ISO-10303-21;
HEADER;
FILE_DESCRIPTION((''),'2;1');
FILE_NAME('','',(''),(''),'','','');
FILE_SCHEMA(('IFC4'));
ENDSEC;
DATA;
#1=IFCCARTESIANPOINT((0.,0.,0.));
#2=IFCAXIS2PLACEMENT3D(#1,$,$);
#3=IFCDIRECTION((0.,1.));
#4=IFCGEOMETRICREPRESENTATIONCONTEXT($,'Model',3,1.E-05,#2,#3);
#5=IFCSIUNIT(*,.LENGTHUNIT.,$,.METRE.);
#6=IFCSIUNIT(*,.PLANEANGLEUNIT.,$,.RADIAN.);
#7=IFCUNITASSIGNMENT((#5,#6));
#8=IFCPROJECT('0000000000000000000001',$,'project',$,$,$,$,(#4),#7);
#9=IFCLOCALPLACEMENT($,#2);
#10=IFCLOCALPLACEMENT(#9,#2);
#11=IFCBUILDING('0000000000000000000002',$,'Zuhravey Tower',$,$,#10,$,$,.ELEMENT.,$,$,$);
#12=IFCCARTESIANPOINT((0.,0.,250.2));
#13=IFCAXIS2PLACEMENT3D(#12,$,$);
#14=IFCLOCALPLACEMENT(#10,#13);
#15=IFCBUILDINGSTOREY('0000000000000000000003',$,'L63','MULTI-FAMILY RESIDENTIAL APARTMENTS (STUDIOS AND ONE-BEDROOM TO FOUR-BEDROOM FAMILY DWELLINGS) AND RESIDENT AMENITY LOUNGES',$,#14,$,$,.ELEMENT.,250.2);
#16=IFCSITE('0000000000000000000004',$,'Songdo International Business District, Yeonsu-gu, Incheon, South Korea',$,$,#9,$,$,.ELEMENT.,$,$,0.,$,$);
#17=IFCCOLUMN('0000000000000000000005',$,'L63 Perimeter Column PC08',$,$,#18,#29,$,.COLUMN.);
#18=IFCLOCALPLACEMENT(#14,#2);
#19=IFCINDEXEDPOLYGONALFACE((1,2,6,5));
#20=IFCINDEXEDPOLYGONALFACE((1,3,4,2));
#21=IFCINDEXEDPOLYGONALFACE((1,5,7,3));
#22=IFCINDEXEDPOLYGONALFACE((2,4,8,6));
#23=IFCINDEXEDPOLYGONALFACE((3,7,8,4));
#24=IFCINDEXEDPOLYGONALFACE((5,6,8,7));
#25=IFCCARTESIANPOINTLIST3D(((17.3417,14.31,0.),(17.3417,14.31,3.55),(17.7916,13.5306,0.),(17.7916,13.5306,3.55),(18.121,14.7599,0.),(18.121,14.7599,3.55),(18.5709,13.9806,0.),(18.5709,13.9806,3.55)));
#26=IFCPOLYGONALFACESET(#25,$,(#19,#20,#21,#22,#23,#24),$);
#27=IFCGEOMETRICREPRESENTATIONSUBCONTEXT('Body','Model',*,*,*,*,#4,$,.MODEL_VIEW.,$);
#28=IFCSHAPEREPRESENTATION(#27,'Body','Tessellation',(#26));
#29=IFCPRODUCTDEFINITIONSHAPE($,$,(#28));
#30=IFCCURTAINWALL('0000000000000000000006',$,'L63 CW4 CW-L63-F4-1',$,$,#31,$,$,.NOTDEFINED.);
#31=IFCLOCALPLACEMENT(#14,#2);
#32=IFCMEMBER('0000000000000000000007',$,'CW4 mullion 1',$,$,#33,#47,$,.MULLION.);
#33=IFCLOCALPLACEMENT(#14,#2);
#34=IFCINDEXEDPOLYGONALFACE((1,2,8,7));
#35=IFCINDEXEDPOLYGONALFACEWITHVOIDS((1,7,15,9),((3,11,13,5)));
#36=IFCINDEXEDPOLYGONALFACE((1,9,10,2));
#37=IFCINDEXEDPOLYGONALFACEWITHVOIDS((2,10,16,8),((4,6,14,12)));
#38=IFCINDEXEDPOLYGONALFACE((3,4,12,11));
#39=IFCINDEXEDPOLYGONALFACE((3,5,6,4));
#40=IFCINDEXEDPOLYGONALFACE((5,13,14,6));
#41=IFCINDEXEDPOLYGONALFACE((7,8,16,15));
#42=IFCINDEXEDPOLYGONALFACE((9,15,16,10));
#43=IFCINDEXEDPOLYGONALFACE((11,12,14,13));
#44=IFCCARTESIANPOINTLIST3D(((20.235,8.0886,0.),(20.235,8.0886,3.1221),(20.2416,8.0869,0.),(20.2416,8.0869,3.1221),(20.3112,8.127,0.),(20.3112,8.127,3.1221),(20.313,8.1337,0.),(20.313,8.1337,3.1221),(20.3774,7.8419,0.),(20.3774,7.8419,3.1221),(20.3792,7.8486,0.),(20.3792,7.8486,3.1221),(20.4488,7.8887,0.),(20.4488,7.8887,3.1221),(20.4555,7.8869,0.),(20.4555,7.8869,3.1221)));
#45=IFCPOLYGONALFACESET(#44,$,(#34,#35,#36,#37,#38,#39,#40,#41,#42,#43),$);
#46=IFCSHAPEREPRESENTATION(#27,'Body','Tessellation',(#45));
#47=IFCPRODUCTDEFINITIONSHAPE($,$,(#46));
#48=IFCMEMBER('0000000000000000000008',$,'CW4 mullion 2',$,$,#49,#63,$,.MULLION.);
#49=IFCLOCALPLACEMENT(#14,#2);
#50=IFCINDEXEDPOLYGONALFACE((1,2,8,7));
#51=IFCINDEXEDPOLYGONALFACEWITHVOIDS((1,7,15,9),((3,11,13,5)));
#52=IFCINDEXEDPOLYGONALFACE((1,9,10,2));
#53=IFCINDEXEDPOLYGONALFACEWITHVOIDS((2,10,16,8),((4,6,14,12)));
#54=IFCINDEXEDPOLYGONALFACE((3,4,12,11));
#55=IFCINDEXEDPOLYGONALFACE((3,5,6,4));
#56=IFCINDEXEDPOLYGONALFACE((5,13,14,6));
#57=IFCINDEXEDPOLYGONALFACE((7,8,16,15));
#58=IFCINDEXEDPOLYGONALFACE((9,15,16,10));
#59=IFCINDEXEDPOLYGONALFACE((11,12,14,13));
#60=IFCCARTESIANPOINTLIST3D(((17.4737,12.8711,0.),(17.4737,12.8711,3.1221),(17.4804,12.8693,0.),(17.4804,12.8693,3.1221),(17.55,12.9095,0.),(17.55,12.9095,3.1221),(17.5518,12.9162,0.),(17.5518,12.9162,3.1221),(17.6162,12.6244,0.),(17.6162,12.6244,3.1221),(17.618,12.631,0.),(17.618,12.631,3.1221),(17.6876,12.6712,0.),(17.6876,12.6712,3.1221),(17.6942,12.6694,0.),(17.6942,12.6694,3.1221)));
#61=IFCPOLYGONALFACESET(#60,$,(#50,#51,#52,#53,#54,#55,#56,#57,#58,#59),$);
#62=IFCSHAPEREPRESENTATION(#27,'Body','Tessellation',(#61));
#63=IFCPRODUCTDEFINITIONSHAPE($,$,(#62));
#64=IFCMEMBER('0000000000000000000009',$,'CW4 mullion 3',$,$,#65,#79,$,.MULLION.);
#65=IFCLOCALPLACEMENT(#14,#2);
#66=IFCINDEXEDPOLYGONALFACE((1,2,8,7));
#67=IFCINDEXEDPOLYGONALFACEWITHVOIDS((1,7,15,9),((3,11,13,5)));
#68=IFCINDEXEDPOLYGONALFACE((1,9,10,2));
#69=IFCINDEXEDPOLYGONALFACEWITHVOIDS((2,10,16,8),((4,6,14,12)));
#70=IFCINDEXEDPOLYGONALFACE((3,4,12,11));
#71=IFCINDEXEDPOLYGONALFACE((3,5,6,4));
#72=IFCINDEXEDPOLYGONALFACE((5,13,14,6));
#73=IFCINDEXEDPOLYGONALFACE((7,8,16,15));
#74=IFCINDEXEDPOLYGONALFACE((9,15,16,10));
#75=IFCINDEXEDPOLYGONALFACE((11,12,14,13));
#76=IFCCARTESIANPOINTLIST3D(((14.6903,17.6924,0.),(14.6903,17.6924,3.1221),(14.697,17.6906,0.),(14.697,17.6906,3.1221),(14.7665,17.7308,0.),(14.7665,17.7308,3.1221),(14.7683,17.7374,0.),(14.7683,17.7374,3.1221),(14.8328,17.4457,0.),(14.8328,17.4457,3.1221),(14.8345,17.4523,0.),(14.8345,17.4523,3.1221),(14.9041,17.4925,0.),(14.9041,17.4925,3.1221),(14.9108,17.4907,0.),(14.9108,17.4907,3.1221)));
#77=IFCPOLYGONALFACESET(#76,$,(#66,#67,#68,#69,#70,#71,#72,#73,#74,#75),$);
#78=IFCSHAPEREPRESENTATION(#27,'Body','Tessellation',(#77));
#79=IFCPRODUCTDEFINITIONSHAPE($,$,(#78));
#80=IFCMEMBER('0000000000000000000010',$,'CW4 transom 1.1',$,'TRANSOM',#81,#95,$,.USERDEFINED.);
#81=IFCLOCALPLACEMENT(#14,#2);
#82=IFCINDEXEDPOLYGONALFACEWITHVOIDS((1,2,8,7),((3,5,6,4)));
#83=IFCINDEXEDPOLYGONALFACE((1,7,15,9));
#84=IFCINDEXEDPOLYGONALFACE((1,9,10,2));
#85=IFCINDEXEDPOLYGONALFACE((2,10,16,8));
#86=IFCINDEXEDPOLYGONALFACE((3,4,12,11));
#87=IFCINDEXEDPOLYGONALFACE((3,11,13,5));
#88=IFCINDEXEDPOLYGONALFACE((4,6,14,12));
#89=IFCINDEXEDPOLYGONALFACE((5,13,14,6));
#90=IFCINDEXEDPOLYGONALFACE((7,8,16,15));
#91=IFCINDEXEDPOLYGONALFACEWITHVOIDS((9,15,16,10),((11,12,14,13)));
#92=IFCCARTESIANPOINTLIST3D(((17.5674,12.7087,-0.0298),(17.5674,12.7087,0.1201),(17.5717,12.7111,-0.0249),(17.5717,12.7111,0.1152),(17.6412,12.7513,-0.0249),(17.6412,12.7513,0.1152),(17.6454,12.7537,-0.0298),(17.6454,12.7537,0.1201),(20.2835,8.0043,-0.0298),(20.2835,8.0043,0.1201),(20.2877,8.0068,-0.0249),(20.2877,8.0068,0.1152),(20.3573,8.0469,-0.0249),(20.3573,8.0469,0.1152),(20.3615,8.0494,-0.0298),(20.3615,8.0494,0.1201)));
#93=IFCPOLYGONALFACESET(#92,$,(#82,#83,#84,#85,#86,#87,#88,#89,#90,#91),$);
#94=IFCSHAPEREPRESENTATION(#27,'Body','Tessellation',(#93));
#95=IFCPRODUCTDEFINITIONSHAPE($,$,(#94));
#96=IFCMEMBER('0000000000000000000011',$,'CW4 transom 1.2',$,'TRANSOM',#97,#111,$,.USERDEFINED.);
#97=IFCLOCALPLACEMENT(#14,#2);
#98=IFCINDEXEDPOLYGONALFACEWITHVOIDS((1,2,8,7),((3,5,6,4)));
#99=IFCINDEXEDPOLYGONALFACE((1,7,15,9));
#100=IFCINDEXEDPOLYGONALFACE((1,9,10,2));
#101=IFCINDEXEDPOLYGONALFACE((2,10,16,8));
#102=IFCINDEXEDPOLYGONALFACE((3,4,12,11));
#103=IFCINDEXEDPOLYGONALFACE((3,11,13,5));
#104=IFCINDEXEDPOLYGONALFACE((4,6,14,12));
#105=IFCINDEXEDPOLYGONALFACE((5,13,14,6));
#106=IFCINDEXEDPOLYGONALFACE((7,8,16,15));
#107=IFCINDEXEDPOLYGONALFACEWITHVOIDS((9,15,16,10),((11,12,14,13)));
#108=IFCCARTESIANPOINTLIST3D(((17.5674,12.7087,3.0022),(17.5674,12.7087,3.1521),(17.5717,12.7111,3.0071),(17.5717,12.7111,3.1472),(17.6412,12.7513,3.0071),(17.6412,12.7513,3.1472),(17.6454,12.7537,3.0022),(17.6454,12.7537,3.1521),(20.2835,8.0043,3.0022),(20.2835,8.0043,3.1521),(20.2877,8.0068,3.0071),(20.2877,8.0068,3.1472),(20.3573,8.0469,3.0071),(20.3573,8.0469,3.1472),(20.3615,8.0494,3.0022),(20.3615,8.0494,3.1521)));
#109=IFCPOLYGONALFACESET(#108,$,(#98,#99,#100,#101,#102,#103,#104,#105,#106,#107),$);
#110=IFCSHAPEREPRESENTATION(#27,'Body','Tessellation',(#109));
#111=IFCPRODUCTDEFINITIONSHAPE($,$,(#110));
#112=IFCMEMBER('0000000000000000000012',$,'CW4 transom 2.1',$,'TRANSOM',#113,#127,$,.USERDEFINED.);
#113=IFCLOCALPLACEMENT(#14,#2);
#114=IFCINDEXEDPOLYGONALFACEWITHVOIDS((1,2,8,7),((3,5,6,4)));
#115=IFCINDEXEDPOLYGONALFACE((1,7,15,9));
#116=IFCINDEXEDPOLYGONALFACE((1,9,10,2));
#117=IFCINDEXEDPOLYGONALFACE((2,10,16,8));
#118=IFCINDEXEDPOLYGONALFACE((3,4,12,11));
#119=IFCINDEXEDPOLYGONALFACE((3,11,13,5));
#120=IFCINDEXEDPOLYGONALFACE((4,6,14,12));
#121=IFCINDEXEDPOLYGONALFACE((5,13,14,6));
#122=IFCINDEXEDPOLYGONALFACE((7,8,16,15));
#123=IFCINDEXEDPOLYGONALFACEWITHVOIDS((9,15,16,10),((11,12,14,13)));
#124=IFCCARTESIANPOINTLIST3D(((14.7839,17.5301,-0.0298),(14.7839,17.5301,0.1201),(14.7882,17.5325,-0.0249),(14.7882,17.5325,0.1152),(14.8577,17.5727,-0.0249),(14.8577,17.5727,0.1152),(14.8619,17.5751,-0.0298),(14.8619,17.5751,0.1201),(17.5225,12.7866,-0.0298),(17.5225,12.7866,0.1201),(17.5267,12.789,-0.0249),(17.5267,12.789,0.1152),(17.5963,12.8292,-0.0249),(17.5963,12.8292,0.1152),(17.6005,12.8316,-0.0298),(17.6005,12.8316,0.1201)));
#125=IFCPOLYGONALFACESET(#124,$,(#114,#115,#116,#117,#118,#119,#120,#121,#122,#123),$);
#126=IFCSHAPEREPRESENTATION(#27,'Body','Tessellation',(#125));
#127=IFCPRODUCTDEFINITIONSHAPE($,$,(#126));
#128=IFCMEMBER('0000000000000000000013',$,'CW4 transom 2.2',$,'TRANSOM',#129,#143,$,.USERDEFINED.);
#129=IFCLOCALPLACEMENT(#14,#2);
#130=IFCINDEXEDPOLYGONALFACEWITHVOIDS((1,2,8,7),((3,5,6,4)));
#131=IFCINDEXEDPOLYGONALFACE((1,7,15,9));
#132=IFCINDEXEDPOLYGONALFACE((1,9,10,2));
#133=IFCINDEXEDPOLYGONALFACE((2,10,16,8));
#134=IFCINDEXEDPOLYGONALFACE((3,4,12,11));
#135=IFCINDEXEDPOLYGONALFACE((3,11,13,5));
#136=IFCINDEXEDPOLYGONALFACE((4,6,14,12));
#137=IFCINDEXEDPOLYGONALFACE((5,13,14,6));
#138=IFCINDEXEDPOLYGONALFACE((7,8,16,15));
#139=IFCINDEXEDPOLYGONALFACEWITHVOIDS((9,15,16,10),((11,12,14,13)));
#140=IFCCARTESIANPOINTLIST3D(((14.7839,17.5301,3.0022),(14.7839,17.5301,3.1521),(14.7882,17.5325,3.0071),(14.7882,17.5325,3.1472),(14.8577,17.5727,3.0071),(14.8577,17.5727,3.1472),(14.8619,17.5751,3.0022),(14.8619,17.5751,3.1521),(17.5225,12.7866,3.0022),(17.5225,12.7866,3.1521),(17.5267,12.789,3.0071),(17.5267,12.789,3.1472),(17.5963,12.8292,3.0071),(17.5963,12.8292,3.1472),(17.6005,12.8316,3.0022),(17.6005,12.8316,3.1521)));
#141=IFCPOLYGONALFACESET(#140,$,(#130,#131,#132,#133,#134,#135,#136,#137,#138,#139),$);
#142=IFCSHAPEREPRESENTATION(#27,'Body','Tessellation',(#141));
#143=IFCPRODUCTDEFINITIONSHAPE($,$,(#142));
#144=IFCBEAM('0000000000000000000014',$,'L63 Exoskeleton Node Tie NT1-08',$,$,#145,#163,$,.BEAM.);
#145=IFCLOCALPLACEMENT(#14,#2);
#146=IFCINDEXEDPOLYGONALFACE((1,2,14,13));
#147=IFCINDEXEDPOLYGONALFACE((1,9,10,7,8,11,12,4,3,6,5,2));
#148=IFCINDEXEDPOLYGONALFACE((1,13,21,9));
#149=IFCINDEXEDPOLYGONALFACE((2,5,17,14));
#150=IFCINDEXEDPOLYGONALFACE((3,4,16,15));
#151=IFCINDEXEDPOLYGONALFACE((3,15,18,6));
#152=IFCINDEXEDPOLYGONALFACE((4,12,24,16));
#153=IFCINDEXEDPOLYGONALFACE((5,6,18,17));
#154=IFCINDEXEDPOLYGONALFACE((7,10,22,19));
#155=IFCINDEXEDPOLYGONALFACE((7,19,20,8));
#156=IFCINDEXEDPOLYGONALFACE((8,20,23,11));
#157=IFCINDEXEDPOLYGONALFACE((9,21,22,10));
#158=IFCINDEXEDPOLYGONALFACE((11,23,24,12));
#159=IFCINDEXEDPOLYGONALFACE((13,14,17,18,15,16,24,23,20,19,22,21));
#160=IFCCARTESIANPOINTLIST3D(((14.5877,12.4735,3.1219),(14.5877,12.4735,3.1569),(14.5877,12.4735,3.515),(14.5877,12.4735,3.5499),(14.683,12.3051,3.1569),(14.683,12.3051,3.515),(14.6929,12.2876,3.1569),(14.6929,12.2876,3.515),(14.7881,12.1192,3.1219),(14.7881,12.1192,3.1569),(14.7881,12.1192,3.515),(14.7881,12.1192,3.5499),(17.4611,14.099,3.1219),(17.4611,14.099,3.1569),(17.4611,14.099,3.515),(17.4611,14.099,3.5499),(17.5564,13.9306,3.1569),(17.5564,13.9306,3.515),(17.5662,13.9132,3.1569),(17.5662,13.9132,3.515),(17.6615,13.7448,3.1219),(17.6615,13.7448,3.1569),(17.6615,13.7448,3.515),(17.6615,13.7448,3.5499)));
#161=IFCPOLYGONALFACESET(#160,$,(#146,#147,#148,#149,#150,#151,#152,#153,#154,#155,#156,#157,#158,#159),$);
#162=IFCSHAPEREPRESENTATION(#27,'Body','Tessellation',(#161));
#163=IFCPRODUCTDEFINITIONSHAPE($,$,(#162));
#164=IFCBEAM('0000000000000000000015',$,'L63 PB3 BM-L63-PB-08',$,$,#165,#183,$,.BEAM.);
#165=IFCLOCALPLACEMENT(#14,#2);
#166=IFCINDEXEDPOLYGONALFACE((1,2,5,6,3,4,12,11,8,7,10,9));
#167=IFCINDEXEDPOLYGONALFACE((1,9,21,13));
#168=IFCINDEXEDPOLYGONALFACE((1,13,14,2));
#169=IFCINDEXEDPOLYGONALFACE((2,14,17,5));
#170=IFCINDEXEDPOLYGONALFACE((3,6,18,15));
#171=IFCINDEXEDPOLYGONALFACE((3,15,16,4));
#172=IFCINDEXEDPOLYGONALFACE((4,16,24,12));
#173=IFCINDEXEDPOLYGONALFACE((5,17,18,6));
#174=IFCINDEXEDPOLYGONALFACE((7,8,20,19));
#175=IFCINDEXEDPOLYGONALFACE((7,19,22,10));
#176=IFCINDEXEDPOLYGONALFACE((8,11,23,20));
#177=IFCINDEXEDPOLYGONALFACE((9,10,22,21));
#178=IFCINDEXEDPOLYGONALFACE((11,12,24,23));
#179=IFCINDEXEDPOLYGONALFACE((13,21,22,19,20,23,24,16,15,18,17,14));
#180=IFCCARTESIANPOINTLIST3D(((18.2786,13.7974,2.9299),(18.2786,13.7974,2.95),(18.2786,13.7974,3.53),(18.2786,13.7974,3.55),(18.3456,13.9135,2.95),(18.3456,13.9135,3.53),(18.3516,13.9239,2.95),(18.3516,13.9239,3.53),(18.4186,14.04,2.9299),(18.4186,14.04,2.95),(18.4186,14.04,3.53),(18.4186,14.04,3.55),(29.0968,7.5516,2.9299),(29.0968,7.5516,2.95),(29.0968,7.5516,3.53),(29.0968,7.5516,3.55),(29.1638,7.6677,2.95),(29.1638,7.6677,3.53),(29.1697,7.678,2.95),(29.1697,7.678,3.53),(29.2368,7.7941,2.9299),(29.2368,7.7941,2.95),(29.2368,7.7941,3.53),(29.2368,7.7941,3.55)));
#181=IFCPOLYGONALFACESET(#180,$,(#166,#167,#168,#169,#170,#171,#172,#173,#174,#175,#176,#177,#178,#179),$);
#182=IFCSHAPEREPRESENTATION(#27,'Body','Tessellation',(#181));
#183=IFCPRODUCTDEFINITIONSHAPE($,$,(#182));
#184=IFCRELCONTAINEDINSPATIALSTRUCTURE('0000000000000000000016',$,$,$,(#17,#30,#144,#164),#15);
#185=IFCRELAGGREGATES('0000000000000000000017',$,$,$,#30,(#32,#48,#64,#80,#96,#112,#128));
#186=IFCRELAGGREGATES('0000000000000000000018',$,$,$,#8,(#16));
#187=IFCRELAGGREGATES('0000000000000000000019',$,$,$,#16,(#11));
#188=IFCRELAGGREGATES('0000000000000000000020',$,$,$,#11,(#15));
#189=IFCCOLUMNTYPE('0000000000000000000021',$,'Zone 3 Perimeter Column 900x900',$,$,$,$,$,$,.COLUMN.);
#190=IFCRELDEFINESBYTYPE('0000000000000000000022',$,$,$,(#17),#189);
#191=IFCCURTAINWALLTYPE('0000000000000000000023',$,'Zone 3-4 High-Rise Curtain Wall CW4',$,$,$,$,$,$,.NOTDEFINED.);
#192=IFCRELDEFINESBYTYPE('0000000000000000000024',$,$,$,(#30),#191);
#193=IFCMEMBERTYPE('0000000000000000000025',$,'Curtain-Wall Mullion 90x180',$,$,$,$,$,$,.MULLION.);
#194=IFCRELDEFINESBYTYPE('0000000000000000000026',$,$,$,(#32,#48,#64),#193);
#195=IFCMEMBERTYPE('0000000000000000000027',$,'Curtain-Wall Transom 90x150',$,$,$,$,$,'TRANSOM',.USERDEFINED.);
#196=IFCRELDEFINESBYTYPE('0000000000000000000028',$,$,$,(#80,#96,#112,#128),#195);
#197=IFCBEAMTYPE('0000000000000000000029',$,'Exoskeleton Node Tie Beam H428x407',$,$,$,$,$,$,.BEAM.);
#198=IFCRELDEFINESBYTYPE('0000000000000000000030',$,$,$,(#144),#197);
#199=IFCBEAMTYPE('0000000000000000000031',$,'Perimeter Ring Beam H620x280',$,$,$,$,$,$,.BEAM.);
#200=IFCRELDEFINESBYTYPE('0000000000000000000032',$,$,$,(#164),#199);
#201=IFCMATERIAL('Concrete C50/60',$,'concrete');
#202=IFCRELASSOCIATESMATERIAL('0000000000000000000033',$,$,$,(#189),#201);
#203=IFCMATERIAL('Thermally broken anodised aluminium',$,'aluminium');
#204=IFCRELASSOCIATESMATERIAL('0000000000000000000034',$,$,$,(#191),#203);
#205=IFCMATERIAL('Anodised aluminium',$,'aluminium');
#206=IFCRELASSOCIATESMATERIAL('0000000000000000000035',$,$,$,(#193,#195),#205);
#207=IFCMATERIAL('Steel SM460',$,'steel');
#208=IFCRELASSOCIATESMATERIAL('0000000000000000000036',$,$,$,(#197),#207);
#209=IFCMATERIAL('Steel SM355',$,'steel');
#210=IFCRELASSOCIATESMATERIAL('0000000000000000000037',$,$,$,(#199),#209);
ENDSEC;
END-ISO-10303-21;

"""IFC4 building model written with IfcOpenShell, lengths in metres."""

from ifc_helpers import new_model, si_unit, direction, frame, origin, origin_2d, place, context, subcontext, project, spatial, rectangle, hollow_rectangle, i_section, extrude, material, material_profile, profile_set, type_object, element, aggregate, save


model = new_model("IFC4")

# Units and contexts
model_context = context("Model", 3, precision=1e-05, world=origin(), true_north=direction((0.0, 1.0)))
body_context = subcontext(model_context, "Body", "Model", "MODEL_VIEW")
ifc_project = project(units=[si_unit("LENGTHUNIT", "METRE"), si_unit("PLANEANGLEUNIT", "RADIAN")], contexts=[model_context])

# Site, building, storey
site_placement = place(None, origin())
site = spatial("IfcSite", under=ifc_project, at=site_placement, Name="Songdo International Business District, Yeonsu-gu, Incheon, South Korea", CompositionType="ELEMENT", RefElevation=0.0)
building_placement = place(site_placement, origin())
building = spatial("IfcBuilding", under=site, at=building_placement, Name="Zuhravey Tower", CompositionType="ELEMENT")
storey_placement = place(building_placement, frame((0.0, 0.0, 250.2)))
storey = spatial("IfcBuildingStorey", under=building, at=storey_placement, Name="L63", Description="MULTI-FAMILY RESIDENTIAL APARTMENTS (STUDIOS AND ONE-BEDROOM TO FOUR-BEDROOM FAMILY DWELLINGS) AND RESIDENT AMENITY LOUNGES", CompositionType="ELEMENT", Elevation=250.2)

# Column
ifc_material_1 = material(Name="Concrete C50/60", Category="concrete")
ifc_material_profile_1 = material_profile(ifc_material_1, rectangle(XDim=0.8999, YDim=0.8999, at=origin_2d()), Name="RC-900x900")
ifc_profile_set_1 = profile_set([ifc_material_profile_1], Name="Concrete C50/60")
column_type = type_object("IfcColumnType", Name="Zone 3 Perimeter Column 900x900", PredefinedType="COLUMN", material=ifc_profile_set_1)
column_placement = place(storey_placement, frame((17.9563, 14.1453, 0.0), z_axis=(0.0, 0.0, 1.0), x_axis=(0.5, -0.866025, 0.0)))
element("IfcColumn", 1, at=column_placement, inside=storey, type_object=column_type, Name="L63 Perimeter Column PC08", PredefinedType="COLUMN", context=body_context, shape_type="SweptSolid", body=[
    extrude(rectangle(XDim=0.8999, YDim=0.8999, at=origin_2d()), origin(), (0.0, 0.0, 1.0), 3.55),
])

# Curtain wall, members
ifc_material_2 = material(Name="Thermally broken anodised aluminium", Category="aluminium")
curtain_wall_type = type_object("IfcCurtainWallType", Name="Zone 3-4 High-Rise Curtain Wall CW4", PredefinedType="NOTDEFINED", material=ifc_material_2)
curtain_wall_placement = place(storey_placement, origin())
curtain_wall = element("IfcCurtainWall", 2, at=curtain_wall_placement, inside=storey, type_object=curtain_wall_type, Name="L63 CW4 CW-L63-F4-1", PredefinedType="NOTDEFINED")
ifc_material_3 = material(Name="Anodised aluminium", Category="aluminium")
ifc_material_profile_2 = material_profile(ifc_material_3, hollow_rectangle(XDim=0.0901, YDim=0.2849, WallThickness=0.0049, at=origin_2d()), Name="ALU-RHS-90x285x5")
ifc_profile_set_2 = profile_set([ifc_material_profile_2], Name="Anodised aluminium")
member_type_1 = type_object("IfcMemberType", Name="Curtain-Wall Mullion 90x180", PredefinedType="MULLION", material=ifc_profile_set_2)
member_1_placement = place(storey_placement, frame((20.3452, 7.9878, 0.0), z_axis=(0.0, 0.0, 1.0), x_axis=(-0.866025, -0.500001, 0.0)))
member_1 = element("IfcMember", 3, at=member_1_placement, type_object=member_type_1, Name="CW4 mullion 1", PredefinedType="MULLION", context=body_context, shape_type="SweptSolid", body=[
    extrude(hollow_rectangle(XDim=0.0901, YDim=0.2849, WallThickness=0.0049, at=origin_2d()), origin(), (0.0, 0.0, 1.0), 3.1221),
])
member_2_placement = place(storey_placement, frame((17.584, 12.7703, 0.0), z_axis=(0.0, 0.0, 1.0), x_axis=(-0.866025, -0.500001, 0.0)))
member_2 = element("IfcMember", 4, at=member_2_placement, type_object=member_type_1, Name="CW4 mullion 2", PredefinedType="MULLION", context=body_context, shape_type="SweptSolid", body=[
    extrude(hollow_rectangle(XDim=0.0901, YDim=0.2849, WallThickness=0.0049, at=origin_2d()), origin(), (0.0, 0.0, 1.0), 3.1221),
])
member_3_placement = place(storey_placement, frame((14.8005, 17.5916, 0.0), z_axis=(0.0, 0.0, 1.0), x_axis=(-0.866025, -0.500001, 0.0)))
member_3 = element("IfcMember", 5, at=member_3_placement, type_object=member_type_1, Name="CW4 mullion 3", PredefinedType="MULLION", context=body_context, shape_type="SweptSolid", body=[
    extrude(hollow_rectangle(XDim=0.0901, YDim=0.2849, WallThickness=0.0049, at=origin_2d()), origin(), (0.0, 0.0, 1.0), 3.1221),
])
ifc_material_profile_3 = material_profile(ifc_material_3, hollow_rectangle(XDim=0.0901, YDim=0.1499, WallThickness=0.0049, at=origin_2d()), Name="ALU-RHS-90x150x5")
ifc_profile_set_3 = profile_set([ifc_material_profile_3], Name="Anodised aluminium")
member_type_2 = type_object("IfcMemberType", Name="Curtain-Wall Transom 90x150", ElementType="TRANSOM", PredefinedType="USERDEFINED", material=ifc_profile_set_3)
member_4_placement = place(storey_placement, frame((20.3225, 8.0269, 0.0452), z_axis=(-0.500001, 0.866025, 0.0), x_axis=(-0.866025, -0.500001, 0.0)))
member_4 = element("IfcMember", 6, at=member_4_placement, type_object=member_type_2, Name="CW4 transom 1.1", ObjectType="TRANSOM", PredefinedType="USERDEFINED", context=body_context, shape_type="SweptSolid", body=[
    extrude(hollow_rectangle(XDim=0.0901, YDim=0.1499, WallThickness=0.0049, at=origin_2d()), origin(), (0.0, 0.0, 1.0), 5.4321),
])
member_5_placement = place(storey_placement, frame((20.3225, 8.0269, 3.0771), z_axis=(-0.500001, 0.866025, 0.0), x_axis=(-0.866025, -0.500001, 0.0)))
member_5 = element("IfcMember", 7, at=member_5_placement, type_object=member_type_2, Name="CW4 transom 1.2", ObjectType="TRANSOM", PredefinedType="USERDEFINED", context=body_context, shape_type="SweptSolid", body=[
    extrude(hollow_rectangle(XDim=0.0901, YDim=0.1499, WallThickness=0.0049, at=origin_2d()), origin(), (0.0, 0.0, 1.0), 5.4321),
])
member_6_placement = place(storey_placement, frame((17.5615, 12.8091, 0.0452), z_axis=(-0.499989, 0.866032, 0.0), x_axis=(-0.866032, -0.499989, 0.0)))
member_6 = element("IfcMember", 8, at=member_6_placement, type_object=member_type_2, Name="CW4 transom 2.1", ObjectType="TRANSOM", PredefinedType="USERDEFINED", context=body_context, shape_type="SweptSolid", body=[
    extrude(hollow_rectangle(XDim=0.0901, YDim=0.1499, WallThickness=0.0049, at=origin_2d()), origin(), (0.0, 0.0, 1.0), 5.4773),
])
member_7_placement = place(storey_placement, frame((17.5615, 12.8091, 3.0771), z_axis=(-0.499989, 0.866032, 0.0), x_axis=(-0.866032, -0.499989, 0.0)))
member_7 = element("IfcMember", 9, at=member_7_placement, type_object=member_type_2, Name="CW4 transom 2.2", ObjectType="TRANSOM", PredefinedType="USERDEFINED", context=body_context, shape_type="SweptSolid", body=[
    extrude(hollow_rectangle(XDim=0.0901, YDim=0.1499, WallThickness=0.0049, at=origin_2d()), origin(), (0.0, 0.0, 1.0), 5.4773),
])

# Beams
ifc_material_4 = material(Name="Steel SM460", Category="steel")
ifc_material_profile_4 = material_profile(ifc_material_4, i_section(OverallWidth=0.407, OverallDepth=0.428, WebThickness=0.02, FlangeThickness=0.0349, at=origin_2d()), Name="H-428x407x20x35")
ifc_profile_set_4 = profile_set([ifc_material_profile_4], Name="Steel SM460")
beam_type_1 = type_object("IfcBeamType", Name="Exoskeleton Node Tie Beam H428x407", PredefinedType="BEAM", material=ifc_profile_set_4)
beam_1_placement = place(storey_placement, frame((17.5613, 13.9219, 3.3359), z_axis=(-0.870374, -0.492391, 0.0), x_axis=(0.492391, -0.870374, 0.0)))
element("IfcBeam", 10, at=beam_1_placement, inside=storey, type_object=beam_type_1, Name="L63 Exoskeleton Node Tie NT1-08", PredefinedType="BEAM", context=body_context, shape_type="SweptSolid", body=[
    extrude(i_section(OverallWidth=0.407, OverallDepth=0.428, WebThickness=0.02, FlangeThickness=0.0349, at=origin_2d()), origin(), (0.0, 0.0, 1.0), 3.3013),
])
ifc_material_5 = material(Name="Steel SM355", Category="steel")
ifc_material_profile_5 = material_profile(ifc_material_5, i_section(OverallWidth=0.28, OverallDepth=0.6201, WebThickness=0.012, FlangeThickness=0.02, at=origin_2d()), Name="H-620x280x12x20")
ifc_profile_set_5 = profile_set([ifc_material_profile_5], Name="Steel SM355")
beam_type_2 = type_object("IfcBeamType", Name="Perimeter Ring Beam H620x280", PredefinedType="BEAM", material=ifc_profile_set_5)
beam_2_placement = place(storey_placement, frame((18.3486, 13.9187, 3.24), z_axis=(0.866025, -0.5, 0.0), x_axis=(0.5, 0.866025, 0.0)))
element("IfcBeam", 11, at=beam_2_placement, inside=storey, type_object=beam_type_2, Name="L63 PB3 BM-L63-PB-08", PredefinedType="BEAM", context=body_context, shape_type="SweptSolid", body=[
    extrude(i_section(OverallWidth=0.28, OverallDepth=0.6201, WebThickness=0.012, FlangeThickness=0.02, at=origin_2d()), origin(), (0.0, 0.0, 1.0), 12.4917),
])

aggregate(curtain_wall, [member_1, member_2, member_3, member_4, member_5, member_6, member_7])

save(model, "model.ifc")
